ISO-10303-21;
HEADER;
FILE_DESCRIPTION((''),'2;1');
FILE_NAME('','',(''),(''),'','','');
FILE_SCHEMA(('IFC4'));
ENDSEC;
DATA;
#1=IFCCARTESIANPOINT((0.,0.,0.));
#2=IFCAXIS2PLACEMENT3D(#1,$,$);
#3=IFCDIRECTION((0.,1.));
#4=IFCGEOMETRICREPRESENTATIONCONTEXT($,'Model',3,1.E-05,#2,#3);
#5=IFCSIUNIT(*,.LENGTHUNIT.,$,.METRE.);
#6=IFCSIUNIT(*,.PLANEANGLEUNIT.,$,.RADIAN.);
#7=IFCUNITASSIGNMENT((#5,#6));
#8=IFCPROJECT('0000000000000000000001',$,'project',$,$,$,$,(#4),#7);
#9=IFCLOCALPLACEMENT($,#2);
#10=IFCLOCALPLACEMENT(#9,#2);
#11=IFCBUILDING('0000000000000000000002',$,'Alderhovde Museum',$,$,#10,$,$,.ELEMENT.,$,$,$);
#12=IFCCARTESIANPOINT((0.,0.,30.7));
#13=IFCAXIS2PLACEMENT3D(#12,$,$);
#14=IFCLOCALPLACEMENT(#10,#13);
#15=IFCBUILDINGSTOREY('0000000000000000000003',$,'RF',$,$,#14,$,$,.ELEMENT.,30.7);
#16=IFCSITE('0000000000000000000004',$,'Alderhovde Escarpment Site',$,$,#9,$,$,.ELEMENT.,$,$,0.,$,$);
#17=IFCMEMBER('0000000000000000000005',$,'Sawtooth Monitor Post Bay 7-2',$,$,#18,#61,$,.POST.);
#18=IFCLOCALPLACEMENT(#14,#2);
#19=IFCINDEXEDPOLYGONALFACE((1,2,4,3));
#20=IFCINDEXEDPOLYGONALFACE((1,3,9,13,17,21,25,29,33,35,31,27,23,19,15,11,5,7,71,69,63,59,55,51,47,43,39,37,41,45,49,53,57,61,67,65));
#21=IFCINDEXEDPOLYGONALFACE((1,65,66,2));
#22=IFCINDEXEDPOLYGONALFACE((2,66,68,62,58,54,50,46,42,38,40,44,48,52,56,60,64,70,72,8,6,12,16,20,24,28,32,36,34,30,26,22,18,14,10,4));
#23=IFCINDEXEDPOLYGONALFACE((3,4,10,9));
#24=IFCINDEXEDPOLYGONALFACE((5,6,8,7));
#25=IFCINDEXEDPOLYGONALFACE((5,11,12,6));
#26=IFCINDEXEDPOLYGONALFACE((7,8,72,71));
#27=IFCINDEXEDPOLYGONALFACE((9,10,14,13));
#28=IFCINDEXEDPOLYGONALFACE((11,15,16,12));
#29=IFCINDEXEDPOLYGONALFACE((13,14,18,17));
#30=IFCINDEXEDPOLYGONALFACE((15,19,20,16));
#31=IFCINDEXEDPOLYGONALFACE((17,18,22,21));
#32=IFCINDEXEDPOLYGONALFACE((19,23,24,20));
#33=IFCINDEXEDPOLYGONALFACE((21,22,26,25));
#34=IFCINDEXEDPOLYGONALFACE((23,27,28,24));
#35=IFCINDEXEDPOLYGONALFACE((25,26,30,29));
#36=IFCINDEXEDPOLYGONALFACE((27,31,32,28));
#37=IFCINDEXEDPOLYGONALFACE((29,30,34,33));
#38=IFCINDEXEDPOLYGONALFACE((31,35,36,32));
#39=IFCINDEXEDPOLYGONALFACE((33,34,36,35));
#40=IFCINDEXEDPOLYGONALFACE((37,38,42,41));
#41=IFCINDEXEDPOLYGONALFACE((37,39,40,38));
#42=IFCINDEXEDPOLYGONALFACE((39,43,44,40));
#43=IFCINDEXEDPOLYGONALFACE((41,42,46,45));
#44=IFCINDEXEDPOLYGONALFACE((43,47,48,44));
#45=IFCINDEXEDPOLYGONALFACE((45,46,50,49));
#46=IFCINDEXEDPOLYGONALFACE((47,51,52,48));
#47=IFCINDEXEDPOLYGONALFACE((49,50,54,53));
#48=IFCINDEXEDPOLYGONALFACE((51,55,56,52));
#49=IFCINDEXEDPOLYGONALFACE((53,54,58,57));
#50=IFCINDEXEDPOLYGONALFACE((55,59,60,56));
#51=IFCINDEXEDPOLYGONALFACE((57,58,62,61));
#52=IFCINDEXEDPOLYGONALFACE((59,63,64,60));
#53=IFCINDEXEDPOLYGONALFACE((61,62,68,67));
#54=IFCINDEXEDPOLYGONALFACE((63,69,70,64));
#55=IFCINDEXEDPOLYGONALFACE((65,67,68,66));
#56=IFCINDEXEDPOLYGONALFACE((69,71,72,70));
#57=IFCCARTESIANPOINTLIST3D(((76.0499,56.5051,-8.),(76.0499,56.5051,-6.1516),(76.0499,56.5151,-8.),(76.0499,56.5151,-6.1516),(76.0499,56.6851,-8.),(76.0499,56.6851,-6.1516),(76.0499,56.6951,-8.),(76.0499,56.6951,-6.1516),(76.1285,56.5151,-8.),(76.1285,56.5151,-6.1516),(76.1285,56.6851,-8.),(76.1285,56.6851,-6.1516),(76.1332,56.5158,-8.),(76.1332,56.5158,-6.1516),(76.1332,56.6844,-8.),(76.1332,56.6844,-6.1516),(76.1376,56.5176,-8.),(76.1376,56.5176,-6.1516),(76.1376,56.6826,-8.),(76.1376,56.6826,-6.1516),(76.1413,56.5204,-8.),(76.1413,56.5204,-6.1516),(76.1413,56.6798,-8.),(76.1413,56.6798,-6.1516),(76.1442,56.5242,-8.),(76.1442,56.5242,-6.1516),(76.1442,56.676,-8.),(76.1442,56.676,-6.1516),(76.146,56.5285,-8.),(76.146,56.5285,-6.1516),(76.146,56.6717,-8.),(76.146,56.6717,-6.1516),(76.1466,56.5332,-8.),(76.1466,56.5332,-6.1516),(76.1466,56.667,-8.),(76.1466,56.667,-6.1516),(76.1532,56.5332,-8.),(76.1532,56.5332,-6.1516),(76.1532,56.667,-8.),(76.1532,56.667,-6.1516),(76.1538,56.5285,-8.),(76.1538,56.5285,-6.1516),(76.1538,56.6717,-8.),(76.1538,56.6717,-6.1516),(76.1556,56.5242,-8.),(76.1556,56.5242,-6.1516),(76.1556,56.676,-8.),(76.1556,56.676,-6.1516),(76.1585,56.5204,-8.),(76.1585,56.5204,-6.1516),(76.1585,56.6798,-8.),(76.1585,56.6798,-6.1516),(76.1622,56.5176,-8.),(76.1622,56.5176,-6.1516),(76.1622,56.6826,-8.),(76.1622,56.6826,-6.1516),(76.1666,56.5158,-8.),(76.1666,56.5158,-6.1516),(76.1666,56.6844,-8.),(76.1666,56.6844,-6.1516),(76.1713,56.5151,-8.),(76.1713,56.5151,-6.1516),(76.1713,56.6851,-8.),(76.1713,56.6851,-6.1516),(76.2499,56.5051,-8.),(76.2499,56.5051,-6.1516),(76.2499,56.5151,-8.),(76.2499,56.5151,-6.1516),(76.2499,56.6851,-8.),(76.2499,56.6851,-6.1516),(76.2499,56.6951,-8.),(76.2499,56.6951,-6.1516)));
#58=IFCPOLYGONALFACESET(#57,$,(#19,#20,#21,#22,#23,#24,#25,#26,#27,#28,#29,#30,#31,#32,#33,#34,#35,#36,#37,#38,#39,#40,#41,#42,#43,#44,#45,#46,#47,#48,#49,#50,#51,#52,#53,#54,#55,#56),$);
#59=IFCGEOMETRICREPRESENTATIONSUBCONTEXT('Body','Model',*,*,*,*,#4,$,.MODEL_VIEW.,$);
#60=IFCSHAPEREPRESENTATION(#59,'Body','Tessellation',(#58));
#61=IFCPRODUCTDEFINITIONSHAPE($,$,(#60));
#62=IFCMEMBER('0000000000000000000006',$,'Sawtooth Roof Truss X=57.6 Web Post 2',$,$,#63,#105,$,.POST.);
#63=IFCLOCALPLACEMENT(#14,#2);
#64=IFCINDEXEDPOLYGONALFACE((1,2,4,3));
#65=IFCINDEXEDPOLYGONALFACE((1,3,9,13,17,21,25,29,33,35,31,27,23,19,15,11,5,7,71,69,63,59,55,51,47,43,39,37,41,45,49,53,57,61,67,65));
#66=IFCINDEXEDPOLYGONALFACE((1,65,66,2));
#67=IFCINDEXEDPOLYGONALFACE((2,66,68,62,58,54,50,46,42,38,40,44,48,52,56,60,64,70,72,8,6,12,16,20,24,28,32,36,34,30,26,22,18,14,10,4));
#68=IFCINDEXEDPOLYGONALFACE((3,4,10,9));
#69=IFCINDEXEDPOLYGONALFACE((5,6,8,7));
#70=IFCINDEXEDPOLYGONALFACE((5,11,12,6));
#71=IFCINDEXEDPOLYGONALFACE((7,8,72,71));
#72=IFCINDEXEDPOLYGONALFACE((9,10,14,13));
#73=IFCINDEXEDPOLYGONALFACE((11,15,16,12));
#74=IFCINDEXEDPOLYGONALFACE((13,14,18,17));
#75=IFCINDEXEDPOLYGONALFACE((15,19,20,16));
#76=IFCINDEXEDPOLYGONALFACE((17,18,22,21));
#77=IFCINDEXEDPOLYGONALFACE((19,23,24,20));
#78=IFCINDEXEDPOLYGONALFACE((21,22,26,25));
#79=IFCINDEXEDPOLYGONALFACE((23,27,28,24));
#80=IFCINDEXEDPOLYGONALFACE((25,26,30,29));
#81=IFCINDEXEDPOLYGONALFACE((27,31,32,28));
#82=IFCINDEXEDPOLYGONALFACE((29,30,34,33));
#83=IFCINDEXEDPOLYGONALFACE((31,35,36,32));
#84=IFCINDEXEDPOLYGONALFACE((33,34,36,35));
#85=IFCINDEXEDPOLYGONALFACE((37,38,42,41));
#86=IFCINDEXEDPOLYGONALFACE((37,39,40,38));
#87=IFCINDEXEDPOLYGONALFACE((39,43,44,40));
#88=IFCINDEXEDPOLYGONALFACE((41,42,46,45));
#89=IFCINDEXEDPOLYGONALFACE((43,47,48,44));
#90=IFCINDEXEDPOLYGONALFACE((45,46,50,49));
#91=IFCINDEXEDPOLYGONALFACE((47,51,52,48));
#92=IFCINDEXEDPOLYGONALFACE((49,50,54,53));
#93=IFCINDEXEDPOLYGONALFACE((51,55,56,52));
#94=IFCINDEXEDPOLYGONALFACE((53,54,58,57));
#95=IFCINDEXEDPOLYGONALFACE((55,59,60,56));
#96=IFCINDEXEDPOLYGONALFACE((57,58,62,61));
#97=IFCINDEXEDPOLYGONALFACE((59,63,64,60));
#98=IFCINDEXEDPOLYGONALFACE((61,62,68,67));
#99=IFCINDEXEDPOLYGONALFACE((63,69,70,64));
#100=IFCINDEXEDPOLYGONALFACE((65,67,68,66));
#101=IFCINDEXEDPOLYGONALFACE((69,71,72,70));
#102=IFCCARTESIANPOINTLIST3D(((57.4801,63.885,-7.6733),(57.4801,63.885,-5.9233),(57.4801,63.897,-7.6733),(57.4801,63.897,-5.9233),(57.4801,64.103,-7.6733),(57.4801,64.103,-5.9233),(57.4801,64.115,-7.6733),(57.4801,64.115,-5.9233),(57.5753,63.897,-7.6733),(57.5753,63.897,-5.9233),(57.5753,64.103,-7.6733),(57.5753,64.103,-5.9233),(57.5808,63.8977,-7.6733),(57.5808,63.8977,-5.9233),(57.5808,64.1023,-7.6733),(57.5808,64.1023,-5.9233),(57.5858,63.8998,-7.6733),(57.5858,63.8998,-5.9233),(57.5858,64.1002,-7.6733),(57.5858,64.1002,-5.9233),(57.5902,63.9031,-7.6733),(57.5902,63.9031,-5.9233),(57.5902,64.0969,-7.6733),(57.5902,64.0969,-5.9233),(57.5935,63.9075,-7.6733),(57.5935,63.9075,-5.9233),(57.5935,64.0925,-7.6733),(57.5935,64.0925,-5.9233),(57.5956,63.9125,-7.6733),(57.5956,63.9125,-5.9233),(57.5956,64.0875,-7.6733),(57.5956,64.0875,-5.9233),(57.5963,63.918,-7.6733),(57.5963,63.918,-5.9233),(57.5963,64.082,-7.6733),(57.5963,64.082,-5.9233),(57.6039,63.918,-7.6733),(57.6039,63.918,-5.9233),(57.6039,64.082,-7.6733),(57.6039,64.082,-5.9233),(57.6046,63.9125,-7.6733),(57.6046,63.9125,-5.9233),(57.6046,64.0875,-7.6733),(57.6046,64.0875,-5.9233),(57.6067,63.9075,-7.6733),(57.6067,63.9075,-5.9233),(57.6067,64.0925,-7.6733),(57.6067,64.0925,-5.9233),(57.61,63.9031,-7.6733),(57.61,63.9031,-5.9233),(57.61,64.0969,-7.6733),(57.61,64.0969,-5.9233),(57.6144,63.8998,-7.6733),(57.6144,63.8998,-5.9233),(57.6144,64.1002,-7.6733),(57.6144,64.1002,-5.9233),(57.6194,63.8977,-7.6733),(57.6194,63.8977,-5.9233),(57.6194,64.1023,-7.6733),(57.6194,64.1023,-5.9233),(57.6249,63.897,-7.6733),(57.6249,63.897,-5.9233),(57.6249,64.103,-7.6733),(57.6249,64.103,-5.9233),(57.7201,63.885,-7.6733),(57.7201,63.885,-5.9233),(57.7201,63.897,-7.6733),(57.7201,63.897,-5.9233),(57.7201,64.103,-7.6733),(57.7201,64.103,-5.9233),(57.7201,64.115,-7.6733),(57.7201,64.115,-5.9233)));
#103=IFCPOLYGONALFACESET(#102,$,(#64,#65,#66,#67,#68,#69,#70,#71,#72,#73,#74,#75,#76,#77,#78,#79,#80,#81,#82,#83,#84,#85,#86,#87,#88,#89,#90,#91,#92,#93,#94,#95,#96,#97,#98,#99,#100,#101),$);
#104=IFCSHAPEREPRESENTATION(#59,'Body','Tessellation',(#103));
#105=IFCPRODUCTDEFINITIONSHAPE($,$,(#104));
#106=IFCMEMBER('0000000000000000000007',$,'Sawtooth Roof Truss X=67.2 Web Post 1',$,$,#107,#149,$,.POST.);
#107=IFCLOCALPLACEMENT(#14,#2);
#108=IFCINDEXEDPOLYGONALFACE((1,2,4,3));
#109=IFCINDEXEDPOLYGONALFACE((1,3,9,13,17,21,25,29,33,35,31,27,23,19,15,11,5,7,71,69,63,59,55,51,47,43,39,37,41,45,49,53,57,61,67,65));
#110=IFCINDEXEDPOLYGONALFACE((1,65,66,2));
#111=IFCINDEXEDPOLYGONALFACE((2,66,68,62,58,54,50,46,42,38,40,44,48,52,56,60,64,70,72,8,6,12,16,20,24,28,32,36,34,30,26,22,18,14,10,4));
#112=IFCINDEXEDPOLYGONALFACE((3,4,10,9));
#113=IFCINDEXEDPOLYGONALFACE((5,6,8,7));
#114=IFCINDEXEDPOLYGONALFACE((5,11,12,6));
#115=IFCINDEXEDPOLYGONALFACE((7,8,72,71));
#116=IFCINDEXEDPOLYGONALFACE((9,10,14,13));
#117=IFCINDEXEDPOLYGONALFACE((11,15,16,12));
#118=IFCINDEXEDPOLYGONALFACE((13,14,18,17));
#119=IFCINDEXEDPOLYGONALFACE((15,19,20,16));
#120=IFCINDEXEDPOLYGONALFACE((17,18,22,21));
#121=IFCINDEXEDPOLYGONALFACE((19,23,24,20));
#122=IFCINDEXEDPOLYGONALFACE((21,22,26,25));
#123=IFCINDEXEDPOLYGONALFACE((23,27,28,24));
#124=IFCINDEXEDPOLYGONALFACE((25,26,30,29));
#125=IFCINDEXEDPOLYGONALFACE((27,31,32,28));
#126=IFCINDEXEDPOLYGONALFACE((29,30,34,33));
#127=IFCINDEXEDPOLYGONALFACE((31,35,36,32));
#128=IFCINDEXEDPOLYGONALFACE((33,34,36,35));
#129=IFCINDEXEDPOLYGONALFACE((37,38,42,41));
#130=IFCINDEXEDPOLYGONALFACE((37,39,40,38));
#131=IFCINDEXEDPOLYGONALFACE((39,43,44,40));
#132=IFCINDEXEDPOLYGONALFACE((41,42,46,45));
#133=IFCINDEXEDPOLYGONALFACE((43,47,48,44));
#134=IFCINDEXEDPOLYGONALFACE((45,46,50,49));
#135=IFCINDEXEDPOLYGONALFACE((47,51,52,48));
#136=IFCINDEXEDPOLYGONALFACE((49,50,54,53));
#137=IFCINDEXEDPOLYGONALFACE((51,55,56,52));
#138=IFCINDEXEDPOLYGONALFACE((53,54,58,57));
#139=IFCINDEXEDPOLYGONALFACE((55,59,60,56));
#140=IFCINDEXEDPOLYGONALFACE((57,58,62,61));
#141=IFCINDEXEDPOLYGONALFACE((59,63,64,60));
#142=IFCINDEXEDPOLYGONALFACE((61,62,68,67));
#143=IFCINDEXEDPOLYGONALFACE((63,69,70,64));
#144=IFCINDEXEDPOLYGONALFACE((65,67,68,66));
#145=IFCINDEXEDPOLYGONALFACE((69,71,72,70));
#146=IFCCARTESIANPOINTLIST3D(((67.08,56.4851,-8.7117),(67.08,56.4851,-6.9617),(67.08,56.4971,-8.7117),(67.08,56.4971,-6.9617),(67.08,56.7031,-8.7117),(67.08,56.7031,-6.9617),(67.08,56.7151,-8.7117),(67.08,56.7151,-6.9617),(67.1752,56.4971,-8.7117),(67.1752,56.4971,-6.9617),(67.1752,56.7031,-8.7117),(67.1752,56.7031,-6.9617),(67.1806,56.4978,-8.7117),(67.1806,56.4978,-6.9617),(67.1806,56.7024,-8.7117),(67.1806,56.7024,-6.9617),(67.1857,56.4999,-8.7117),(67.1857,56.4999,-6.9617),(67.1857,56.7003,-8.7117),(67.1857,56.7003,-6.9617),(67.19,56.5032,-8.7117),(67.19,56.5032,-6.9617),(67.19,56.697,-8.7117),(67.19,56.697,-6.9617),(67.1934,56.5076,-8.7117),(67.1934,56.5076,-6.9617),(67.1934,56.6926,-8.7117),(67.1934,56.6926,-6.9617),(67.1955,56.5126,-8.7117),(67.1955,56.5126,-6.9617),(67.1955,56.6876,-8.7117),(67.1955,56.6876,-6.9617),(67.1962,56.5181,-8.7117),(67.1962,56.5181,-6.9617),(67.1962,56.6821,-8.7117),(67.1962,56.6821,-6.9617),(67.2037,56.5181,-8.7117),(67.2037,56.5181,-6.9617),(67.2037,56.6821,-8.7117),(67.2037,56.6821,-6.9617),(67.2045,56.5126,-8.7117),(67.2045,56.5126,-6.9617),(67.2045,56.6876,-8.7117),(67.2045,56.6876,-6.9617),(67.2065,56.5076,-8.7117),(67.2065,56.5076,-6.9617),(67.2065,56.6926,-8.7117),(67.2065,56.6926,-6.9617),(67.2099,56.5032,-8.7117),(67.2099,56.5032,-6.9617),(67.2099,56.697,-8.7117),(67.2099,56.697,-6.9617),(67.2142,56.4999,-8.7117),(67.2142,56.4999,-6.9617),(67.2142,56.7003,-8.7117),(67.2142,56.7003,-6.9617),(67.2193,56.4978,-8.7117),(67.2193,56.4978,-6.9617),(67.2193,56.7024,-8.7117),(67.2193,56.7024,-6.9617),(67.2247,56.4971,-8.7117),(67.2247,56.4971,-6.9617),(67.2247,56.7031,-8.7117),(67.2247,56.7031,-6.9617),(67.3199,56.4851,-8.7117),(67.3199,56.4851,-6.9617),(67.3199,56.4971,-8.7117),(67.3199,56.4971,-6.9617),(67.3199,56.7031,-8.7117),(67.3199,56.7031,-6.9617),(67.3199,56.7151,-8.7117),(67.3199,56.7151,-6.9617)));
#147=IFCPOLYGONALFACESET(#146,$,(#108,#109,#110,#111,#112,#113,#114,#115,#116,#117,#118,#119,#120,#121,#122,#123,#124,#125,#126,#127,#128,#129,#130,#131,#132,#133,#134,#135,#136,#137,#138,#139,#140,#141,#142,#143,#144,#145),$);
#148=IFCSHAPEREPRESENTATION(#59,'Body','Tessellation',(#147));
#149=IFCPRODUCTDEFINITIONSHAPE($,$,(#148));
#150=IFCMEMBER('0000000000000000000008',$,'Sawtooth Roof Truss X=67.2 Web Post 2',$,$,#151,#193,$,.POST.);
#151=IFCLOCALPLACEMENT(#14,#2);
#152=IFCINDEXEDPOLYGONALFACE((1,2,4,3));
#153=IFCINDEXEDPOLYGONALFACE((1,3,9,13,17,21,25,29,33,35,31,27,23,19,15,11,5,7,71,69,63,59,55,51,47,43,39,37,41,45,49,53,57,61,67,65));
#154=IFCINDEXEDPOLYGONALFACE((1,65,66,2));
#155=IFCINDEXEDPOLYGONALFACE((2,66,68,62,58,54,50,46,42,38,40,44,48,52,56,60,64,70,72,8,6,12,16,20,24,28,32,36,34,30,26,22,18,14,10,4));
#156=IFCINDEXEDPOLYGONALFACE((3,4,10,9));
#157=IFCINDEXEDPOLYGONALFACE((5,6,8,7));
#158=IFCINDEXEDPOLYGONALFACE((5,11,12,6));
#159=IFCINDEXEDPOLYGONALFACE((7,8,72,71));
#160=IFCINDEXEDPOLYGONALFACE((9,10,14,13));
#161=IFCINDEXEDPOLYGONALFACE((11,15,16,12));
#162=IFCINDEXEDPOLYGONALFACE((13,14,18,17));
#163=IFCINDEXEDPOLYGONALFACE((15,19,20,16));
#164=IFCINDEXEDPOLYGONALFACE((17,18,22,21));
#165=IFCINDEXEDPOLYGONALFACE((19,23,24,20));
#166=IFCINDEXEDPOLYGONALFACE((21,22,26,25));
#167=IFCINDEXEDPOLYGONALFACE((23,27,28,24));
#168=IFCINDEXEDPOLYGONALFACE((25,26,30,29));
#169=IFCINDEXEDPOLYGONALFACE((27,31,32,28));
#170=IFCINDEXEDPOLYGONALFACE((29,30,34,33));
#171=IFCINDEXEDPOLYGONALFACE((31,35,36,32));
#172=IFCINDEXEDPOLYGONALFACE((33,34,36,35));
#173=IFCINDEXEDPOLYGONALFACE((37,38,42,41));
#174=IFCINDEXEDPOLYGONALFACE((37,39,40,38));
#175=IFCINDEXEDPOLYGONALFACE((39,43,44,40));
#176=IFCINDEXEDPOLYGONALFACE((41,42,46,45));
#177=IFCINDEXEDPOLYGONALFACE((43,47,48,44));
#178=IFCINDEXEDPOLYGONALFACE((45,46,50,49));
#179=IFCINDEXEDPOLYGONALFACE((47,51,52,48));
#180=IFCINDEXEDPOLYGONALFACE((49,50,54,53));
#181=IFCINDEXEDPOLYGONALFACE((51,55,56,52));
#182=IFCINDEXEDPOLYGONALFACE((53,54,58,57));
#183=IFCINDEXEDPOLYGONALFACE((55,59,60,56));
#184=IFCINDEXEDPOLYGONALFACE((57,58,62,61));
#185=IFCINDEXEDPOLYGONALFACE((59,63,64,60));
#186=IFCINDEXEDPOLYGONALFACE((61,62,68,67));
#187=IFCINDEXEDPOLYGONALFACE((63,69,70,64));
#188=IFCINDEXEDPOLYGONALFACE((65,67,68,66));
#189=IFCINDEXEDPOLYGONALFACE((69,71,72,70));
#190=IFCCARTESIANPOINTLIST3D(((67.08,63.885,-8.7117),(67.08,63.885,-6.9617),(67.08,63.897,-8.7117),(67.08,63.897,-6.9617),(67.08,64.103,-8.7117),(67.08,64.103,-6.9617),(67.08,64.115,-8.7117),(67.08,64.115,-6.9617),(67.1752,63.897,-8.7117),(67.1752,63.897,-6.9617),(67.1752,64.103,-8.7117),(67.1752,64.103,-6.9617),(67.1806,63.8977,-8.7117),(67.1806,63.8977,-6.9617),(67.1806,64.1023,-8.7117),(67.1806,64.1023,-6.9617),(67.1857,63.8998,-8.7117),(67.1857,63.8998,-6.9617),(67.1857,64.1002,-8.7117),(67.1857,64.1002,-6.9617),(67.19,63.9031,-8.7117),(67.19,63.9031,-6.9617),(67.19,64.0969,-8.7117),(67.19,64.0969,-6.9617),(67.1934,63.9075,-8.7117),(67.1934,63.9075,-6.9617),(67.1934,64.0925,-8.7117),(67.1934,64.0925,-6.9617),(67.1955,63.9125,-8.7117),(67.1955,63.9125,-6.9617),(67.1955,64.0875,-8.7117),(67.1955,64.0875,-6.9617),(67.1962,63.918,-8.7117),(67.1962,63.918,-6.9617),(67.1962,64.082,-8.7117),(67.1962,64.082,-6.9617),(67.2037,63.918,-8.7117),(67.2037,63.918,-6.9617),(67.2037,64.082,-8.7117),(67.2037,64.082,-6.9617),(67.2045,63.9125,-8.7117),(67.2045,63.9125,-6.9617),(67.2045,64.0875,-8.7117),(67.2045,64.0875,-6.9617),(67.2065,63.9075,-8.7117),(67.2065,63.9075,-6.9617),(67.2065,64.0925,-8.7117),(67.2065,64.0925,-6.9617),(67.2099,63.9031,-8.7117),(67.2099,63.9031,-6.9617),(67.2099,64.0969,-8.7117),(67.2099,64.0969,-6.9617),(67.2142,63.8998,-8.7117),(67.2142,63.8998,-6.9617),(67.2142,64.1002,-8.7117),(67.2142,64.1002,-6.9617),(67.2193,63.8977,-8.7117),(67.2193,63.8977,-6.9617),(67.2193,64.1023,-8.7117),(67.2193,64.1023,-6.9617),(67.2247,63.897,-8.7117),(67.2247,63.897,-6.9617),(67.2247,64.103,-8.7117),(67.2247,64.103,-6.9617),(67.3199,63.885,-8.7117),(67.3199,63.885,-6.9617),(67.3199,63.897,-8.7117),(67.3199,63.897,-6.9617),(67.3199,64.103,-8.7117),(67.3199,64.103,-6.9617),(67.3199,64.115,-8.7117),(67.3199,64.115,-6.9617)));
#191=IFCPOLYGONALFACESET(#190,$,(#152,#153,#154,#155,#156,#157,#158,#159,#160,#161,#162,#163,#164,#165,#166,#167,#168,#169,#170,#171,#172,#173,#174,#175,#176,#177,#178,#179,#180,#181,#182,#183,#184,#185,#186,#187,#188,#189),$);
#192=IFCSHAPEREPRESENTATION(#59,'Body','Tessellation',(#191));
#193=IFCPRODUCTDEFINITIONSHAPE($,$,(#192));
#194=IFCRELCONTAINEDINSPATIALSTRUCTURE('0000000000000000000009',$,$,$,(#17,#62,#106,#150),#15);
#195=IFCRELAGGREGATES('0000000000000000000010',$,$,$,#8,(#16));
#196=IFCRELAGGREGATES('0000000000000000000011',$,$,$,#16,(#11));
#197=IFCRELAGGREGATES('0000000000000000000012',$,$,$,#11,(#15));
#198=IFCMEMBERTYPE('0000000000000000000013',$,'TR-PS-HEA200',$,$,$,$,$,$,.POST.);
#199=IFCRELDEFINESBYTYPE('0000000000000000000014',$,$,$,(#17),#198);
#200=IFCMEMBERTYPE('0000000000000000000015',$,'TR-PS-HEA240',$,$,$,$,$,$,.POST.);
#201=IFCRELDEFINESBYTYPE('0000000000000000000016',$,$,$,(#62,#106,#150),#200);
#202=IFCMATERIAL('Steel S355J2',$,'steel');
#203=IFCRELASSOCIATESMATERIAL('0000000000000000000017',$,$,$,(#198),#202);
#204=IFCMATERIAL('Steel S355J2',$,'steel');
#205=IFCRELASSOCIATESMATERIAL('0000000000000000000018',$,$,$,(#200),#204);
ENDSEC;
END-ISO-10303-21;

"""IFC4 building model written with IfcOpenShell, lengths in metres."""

from ifc_helpers import new_model, si_unit, direction, frame, origin, origin_2d, place, context, subcontext, project, spatial, i_section, extrude, material, material_profile, profile_set, type_object, element, save


model = new_model("IFC4")

# Units and contexts
model_context = context("Model", 3, precision=1e-05, world=origin(), true_north=direction((0.0, 1.0)))
body_context = subcontext(model_context, "Body", "Model", "MODEL_VIEW")
ifc_project = project(units=[si_unit("LENGTHUNIT", "METRE"), si_unit("PLANEANGLEUNIT", "RADIAN")], contexts=[model_context])

# Site, building, storey
site_placement = place(None, origin())
site = spatial("IfcSite", under=ifc_project, at=site_placement, Name="Alderhovde Escarpment Site", CompositionType="ELEMENT", RefElevation=0.0)
building_placement = place(site_placement, origin())
building = spatial("IfcBuilding", under=site, at=building_placement, Name="Alderhovde Museum", CompositionType="ELEMENT")
storey_placement = place(building_placement, frame((0.0, 0.0, 30.7)))
storey = spatial("IfcBuildingStorey", under=building, at=storey_placement, Name="RF", CompositionType="ELEMENT", Elevation=30.7)

# Members
ifc_material_1 = material(Name="Steel S355J2", Category="steel")
ifc_material_profile_1 = material_profile(ifc_material_1, i_section(OverallWidth=0.2, OverallDepth=0.1899, WebThickness=0.0066, FlangeThickness=0.01, FilletRadius=0.0181, at=origin_2d()), Name="HEA 200")
ifc_profile_set_1 = profile_set([ifc_material_profile_1], Name="Steel S355J2")
member_type_1 = type_object("IfcMemberType", Name="TR-PS-HEA200", PredefinedType="POST", material=ifc_profile_set_1)
for number, where, z_axis, x_axis, name in (
    (1, (76.1499, 56.6001, -8.0), (0.0, 0.0, 1.0), (1.0, 0.0, 0.0), "Sawtooth Monitor Post Bay 7-2"),
):
    element("IfcMember", number, at=place(storey_placement, frame(where, z_axis=z_axis, x_axis=x_axis)), inside=storey, type_object=member_type_1, Name=name, PredefinedType="POST", context=body_context, shape_type="SweptSolid", body=[
        extrude(i_section(OverallWidth=0.2, OverallDepth=0.1899, WebThickness=0.0066, FlangeThickness=0.01, FilletRadius=0.0181, at=origin_2d()), origin(), (0.0, 0.0, 1.0), 1.8484),
    ])
ifc_material_2 = material(Name="Steel S355J2", Category="steel")
ifc_material_profile_2 = material_profile(ifc_material_2, i_section(OverallWidth=0.24, OverallDepth=0.23, WebThickness=0.0076, FlangeThickness=0.012, FilletRadius=0.021, at=origin_2d()), Name="HEA 240")
ifc_profile_set_2 = profile_set([ifc_material_profile_2], Name="Steel S355J2")
member_type_2 = type_object("IfcMemberType", Name="TR-PS-HEA240", PredefinedType="POST", material=ifc_profile_set_2)
for number, where, z_axis, x_axis, name in (
    (2, (57.6001, 64.0, -7.6733), (0.0, 0.0, 1.0), (1.0, 0.0, 0.0), "Sawtooth Roof Truss X=57.6 Web Post 2"),
    (3, (67.2, 56.6001, -8.7117), (0.0, 0.0, 1.0), (1.0, 0.0, 0.0), "Sawtooth Roof Truss X=67.2 Web Post 1"),
    (4, (67.2, 64.0, -8.7117), (0.0, 0.0, 1.0), (1.0, 0.0, 0.0), "Sawtooth Roof Truss X=67.2 Web Post 2"),
):
    element("IfcMember", number, at=place(storey_placement, frame(where, z_axis=z_axis, x_axis=x_axis)), inside=storey, type_object=member_type_2, Name=name, PredefinedType="POST", context=body_context, shape_type="SweptSolid", body=[
        extrude(i_section(OverallWidth=0.24, OverallDepth=0.23, WebThickness=0.0076, FlangeThickness=0.012, FilletRadius=0.021, at=origin_2d()), origin(), (0.0, 0.0, 1.0), 1.75),
    ])

save(model, "model.ifc")
